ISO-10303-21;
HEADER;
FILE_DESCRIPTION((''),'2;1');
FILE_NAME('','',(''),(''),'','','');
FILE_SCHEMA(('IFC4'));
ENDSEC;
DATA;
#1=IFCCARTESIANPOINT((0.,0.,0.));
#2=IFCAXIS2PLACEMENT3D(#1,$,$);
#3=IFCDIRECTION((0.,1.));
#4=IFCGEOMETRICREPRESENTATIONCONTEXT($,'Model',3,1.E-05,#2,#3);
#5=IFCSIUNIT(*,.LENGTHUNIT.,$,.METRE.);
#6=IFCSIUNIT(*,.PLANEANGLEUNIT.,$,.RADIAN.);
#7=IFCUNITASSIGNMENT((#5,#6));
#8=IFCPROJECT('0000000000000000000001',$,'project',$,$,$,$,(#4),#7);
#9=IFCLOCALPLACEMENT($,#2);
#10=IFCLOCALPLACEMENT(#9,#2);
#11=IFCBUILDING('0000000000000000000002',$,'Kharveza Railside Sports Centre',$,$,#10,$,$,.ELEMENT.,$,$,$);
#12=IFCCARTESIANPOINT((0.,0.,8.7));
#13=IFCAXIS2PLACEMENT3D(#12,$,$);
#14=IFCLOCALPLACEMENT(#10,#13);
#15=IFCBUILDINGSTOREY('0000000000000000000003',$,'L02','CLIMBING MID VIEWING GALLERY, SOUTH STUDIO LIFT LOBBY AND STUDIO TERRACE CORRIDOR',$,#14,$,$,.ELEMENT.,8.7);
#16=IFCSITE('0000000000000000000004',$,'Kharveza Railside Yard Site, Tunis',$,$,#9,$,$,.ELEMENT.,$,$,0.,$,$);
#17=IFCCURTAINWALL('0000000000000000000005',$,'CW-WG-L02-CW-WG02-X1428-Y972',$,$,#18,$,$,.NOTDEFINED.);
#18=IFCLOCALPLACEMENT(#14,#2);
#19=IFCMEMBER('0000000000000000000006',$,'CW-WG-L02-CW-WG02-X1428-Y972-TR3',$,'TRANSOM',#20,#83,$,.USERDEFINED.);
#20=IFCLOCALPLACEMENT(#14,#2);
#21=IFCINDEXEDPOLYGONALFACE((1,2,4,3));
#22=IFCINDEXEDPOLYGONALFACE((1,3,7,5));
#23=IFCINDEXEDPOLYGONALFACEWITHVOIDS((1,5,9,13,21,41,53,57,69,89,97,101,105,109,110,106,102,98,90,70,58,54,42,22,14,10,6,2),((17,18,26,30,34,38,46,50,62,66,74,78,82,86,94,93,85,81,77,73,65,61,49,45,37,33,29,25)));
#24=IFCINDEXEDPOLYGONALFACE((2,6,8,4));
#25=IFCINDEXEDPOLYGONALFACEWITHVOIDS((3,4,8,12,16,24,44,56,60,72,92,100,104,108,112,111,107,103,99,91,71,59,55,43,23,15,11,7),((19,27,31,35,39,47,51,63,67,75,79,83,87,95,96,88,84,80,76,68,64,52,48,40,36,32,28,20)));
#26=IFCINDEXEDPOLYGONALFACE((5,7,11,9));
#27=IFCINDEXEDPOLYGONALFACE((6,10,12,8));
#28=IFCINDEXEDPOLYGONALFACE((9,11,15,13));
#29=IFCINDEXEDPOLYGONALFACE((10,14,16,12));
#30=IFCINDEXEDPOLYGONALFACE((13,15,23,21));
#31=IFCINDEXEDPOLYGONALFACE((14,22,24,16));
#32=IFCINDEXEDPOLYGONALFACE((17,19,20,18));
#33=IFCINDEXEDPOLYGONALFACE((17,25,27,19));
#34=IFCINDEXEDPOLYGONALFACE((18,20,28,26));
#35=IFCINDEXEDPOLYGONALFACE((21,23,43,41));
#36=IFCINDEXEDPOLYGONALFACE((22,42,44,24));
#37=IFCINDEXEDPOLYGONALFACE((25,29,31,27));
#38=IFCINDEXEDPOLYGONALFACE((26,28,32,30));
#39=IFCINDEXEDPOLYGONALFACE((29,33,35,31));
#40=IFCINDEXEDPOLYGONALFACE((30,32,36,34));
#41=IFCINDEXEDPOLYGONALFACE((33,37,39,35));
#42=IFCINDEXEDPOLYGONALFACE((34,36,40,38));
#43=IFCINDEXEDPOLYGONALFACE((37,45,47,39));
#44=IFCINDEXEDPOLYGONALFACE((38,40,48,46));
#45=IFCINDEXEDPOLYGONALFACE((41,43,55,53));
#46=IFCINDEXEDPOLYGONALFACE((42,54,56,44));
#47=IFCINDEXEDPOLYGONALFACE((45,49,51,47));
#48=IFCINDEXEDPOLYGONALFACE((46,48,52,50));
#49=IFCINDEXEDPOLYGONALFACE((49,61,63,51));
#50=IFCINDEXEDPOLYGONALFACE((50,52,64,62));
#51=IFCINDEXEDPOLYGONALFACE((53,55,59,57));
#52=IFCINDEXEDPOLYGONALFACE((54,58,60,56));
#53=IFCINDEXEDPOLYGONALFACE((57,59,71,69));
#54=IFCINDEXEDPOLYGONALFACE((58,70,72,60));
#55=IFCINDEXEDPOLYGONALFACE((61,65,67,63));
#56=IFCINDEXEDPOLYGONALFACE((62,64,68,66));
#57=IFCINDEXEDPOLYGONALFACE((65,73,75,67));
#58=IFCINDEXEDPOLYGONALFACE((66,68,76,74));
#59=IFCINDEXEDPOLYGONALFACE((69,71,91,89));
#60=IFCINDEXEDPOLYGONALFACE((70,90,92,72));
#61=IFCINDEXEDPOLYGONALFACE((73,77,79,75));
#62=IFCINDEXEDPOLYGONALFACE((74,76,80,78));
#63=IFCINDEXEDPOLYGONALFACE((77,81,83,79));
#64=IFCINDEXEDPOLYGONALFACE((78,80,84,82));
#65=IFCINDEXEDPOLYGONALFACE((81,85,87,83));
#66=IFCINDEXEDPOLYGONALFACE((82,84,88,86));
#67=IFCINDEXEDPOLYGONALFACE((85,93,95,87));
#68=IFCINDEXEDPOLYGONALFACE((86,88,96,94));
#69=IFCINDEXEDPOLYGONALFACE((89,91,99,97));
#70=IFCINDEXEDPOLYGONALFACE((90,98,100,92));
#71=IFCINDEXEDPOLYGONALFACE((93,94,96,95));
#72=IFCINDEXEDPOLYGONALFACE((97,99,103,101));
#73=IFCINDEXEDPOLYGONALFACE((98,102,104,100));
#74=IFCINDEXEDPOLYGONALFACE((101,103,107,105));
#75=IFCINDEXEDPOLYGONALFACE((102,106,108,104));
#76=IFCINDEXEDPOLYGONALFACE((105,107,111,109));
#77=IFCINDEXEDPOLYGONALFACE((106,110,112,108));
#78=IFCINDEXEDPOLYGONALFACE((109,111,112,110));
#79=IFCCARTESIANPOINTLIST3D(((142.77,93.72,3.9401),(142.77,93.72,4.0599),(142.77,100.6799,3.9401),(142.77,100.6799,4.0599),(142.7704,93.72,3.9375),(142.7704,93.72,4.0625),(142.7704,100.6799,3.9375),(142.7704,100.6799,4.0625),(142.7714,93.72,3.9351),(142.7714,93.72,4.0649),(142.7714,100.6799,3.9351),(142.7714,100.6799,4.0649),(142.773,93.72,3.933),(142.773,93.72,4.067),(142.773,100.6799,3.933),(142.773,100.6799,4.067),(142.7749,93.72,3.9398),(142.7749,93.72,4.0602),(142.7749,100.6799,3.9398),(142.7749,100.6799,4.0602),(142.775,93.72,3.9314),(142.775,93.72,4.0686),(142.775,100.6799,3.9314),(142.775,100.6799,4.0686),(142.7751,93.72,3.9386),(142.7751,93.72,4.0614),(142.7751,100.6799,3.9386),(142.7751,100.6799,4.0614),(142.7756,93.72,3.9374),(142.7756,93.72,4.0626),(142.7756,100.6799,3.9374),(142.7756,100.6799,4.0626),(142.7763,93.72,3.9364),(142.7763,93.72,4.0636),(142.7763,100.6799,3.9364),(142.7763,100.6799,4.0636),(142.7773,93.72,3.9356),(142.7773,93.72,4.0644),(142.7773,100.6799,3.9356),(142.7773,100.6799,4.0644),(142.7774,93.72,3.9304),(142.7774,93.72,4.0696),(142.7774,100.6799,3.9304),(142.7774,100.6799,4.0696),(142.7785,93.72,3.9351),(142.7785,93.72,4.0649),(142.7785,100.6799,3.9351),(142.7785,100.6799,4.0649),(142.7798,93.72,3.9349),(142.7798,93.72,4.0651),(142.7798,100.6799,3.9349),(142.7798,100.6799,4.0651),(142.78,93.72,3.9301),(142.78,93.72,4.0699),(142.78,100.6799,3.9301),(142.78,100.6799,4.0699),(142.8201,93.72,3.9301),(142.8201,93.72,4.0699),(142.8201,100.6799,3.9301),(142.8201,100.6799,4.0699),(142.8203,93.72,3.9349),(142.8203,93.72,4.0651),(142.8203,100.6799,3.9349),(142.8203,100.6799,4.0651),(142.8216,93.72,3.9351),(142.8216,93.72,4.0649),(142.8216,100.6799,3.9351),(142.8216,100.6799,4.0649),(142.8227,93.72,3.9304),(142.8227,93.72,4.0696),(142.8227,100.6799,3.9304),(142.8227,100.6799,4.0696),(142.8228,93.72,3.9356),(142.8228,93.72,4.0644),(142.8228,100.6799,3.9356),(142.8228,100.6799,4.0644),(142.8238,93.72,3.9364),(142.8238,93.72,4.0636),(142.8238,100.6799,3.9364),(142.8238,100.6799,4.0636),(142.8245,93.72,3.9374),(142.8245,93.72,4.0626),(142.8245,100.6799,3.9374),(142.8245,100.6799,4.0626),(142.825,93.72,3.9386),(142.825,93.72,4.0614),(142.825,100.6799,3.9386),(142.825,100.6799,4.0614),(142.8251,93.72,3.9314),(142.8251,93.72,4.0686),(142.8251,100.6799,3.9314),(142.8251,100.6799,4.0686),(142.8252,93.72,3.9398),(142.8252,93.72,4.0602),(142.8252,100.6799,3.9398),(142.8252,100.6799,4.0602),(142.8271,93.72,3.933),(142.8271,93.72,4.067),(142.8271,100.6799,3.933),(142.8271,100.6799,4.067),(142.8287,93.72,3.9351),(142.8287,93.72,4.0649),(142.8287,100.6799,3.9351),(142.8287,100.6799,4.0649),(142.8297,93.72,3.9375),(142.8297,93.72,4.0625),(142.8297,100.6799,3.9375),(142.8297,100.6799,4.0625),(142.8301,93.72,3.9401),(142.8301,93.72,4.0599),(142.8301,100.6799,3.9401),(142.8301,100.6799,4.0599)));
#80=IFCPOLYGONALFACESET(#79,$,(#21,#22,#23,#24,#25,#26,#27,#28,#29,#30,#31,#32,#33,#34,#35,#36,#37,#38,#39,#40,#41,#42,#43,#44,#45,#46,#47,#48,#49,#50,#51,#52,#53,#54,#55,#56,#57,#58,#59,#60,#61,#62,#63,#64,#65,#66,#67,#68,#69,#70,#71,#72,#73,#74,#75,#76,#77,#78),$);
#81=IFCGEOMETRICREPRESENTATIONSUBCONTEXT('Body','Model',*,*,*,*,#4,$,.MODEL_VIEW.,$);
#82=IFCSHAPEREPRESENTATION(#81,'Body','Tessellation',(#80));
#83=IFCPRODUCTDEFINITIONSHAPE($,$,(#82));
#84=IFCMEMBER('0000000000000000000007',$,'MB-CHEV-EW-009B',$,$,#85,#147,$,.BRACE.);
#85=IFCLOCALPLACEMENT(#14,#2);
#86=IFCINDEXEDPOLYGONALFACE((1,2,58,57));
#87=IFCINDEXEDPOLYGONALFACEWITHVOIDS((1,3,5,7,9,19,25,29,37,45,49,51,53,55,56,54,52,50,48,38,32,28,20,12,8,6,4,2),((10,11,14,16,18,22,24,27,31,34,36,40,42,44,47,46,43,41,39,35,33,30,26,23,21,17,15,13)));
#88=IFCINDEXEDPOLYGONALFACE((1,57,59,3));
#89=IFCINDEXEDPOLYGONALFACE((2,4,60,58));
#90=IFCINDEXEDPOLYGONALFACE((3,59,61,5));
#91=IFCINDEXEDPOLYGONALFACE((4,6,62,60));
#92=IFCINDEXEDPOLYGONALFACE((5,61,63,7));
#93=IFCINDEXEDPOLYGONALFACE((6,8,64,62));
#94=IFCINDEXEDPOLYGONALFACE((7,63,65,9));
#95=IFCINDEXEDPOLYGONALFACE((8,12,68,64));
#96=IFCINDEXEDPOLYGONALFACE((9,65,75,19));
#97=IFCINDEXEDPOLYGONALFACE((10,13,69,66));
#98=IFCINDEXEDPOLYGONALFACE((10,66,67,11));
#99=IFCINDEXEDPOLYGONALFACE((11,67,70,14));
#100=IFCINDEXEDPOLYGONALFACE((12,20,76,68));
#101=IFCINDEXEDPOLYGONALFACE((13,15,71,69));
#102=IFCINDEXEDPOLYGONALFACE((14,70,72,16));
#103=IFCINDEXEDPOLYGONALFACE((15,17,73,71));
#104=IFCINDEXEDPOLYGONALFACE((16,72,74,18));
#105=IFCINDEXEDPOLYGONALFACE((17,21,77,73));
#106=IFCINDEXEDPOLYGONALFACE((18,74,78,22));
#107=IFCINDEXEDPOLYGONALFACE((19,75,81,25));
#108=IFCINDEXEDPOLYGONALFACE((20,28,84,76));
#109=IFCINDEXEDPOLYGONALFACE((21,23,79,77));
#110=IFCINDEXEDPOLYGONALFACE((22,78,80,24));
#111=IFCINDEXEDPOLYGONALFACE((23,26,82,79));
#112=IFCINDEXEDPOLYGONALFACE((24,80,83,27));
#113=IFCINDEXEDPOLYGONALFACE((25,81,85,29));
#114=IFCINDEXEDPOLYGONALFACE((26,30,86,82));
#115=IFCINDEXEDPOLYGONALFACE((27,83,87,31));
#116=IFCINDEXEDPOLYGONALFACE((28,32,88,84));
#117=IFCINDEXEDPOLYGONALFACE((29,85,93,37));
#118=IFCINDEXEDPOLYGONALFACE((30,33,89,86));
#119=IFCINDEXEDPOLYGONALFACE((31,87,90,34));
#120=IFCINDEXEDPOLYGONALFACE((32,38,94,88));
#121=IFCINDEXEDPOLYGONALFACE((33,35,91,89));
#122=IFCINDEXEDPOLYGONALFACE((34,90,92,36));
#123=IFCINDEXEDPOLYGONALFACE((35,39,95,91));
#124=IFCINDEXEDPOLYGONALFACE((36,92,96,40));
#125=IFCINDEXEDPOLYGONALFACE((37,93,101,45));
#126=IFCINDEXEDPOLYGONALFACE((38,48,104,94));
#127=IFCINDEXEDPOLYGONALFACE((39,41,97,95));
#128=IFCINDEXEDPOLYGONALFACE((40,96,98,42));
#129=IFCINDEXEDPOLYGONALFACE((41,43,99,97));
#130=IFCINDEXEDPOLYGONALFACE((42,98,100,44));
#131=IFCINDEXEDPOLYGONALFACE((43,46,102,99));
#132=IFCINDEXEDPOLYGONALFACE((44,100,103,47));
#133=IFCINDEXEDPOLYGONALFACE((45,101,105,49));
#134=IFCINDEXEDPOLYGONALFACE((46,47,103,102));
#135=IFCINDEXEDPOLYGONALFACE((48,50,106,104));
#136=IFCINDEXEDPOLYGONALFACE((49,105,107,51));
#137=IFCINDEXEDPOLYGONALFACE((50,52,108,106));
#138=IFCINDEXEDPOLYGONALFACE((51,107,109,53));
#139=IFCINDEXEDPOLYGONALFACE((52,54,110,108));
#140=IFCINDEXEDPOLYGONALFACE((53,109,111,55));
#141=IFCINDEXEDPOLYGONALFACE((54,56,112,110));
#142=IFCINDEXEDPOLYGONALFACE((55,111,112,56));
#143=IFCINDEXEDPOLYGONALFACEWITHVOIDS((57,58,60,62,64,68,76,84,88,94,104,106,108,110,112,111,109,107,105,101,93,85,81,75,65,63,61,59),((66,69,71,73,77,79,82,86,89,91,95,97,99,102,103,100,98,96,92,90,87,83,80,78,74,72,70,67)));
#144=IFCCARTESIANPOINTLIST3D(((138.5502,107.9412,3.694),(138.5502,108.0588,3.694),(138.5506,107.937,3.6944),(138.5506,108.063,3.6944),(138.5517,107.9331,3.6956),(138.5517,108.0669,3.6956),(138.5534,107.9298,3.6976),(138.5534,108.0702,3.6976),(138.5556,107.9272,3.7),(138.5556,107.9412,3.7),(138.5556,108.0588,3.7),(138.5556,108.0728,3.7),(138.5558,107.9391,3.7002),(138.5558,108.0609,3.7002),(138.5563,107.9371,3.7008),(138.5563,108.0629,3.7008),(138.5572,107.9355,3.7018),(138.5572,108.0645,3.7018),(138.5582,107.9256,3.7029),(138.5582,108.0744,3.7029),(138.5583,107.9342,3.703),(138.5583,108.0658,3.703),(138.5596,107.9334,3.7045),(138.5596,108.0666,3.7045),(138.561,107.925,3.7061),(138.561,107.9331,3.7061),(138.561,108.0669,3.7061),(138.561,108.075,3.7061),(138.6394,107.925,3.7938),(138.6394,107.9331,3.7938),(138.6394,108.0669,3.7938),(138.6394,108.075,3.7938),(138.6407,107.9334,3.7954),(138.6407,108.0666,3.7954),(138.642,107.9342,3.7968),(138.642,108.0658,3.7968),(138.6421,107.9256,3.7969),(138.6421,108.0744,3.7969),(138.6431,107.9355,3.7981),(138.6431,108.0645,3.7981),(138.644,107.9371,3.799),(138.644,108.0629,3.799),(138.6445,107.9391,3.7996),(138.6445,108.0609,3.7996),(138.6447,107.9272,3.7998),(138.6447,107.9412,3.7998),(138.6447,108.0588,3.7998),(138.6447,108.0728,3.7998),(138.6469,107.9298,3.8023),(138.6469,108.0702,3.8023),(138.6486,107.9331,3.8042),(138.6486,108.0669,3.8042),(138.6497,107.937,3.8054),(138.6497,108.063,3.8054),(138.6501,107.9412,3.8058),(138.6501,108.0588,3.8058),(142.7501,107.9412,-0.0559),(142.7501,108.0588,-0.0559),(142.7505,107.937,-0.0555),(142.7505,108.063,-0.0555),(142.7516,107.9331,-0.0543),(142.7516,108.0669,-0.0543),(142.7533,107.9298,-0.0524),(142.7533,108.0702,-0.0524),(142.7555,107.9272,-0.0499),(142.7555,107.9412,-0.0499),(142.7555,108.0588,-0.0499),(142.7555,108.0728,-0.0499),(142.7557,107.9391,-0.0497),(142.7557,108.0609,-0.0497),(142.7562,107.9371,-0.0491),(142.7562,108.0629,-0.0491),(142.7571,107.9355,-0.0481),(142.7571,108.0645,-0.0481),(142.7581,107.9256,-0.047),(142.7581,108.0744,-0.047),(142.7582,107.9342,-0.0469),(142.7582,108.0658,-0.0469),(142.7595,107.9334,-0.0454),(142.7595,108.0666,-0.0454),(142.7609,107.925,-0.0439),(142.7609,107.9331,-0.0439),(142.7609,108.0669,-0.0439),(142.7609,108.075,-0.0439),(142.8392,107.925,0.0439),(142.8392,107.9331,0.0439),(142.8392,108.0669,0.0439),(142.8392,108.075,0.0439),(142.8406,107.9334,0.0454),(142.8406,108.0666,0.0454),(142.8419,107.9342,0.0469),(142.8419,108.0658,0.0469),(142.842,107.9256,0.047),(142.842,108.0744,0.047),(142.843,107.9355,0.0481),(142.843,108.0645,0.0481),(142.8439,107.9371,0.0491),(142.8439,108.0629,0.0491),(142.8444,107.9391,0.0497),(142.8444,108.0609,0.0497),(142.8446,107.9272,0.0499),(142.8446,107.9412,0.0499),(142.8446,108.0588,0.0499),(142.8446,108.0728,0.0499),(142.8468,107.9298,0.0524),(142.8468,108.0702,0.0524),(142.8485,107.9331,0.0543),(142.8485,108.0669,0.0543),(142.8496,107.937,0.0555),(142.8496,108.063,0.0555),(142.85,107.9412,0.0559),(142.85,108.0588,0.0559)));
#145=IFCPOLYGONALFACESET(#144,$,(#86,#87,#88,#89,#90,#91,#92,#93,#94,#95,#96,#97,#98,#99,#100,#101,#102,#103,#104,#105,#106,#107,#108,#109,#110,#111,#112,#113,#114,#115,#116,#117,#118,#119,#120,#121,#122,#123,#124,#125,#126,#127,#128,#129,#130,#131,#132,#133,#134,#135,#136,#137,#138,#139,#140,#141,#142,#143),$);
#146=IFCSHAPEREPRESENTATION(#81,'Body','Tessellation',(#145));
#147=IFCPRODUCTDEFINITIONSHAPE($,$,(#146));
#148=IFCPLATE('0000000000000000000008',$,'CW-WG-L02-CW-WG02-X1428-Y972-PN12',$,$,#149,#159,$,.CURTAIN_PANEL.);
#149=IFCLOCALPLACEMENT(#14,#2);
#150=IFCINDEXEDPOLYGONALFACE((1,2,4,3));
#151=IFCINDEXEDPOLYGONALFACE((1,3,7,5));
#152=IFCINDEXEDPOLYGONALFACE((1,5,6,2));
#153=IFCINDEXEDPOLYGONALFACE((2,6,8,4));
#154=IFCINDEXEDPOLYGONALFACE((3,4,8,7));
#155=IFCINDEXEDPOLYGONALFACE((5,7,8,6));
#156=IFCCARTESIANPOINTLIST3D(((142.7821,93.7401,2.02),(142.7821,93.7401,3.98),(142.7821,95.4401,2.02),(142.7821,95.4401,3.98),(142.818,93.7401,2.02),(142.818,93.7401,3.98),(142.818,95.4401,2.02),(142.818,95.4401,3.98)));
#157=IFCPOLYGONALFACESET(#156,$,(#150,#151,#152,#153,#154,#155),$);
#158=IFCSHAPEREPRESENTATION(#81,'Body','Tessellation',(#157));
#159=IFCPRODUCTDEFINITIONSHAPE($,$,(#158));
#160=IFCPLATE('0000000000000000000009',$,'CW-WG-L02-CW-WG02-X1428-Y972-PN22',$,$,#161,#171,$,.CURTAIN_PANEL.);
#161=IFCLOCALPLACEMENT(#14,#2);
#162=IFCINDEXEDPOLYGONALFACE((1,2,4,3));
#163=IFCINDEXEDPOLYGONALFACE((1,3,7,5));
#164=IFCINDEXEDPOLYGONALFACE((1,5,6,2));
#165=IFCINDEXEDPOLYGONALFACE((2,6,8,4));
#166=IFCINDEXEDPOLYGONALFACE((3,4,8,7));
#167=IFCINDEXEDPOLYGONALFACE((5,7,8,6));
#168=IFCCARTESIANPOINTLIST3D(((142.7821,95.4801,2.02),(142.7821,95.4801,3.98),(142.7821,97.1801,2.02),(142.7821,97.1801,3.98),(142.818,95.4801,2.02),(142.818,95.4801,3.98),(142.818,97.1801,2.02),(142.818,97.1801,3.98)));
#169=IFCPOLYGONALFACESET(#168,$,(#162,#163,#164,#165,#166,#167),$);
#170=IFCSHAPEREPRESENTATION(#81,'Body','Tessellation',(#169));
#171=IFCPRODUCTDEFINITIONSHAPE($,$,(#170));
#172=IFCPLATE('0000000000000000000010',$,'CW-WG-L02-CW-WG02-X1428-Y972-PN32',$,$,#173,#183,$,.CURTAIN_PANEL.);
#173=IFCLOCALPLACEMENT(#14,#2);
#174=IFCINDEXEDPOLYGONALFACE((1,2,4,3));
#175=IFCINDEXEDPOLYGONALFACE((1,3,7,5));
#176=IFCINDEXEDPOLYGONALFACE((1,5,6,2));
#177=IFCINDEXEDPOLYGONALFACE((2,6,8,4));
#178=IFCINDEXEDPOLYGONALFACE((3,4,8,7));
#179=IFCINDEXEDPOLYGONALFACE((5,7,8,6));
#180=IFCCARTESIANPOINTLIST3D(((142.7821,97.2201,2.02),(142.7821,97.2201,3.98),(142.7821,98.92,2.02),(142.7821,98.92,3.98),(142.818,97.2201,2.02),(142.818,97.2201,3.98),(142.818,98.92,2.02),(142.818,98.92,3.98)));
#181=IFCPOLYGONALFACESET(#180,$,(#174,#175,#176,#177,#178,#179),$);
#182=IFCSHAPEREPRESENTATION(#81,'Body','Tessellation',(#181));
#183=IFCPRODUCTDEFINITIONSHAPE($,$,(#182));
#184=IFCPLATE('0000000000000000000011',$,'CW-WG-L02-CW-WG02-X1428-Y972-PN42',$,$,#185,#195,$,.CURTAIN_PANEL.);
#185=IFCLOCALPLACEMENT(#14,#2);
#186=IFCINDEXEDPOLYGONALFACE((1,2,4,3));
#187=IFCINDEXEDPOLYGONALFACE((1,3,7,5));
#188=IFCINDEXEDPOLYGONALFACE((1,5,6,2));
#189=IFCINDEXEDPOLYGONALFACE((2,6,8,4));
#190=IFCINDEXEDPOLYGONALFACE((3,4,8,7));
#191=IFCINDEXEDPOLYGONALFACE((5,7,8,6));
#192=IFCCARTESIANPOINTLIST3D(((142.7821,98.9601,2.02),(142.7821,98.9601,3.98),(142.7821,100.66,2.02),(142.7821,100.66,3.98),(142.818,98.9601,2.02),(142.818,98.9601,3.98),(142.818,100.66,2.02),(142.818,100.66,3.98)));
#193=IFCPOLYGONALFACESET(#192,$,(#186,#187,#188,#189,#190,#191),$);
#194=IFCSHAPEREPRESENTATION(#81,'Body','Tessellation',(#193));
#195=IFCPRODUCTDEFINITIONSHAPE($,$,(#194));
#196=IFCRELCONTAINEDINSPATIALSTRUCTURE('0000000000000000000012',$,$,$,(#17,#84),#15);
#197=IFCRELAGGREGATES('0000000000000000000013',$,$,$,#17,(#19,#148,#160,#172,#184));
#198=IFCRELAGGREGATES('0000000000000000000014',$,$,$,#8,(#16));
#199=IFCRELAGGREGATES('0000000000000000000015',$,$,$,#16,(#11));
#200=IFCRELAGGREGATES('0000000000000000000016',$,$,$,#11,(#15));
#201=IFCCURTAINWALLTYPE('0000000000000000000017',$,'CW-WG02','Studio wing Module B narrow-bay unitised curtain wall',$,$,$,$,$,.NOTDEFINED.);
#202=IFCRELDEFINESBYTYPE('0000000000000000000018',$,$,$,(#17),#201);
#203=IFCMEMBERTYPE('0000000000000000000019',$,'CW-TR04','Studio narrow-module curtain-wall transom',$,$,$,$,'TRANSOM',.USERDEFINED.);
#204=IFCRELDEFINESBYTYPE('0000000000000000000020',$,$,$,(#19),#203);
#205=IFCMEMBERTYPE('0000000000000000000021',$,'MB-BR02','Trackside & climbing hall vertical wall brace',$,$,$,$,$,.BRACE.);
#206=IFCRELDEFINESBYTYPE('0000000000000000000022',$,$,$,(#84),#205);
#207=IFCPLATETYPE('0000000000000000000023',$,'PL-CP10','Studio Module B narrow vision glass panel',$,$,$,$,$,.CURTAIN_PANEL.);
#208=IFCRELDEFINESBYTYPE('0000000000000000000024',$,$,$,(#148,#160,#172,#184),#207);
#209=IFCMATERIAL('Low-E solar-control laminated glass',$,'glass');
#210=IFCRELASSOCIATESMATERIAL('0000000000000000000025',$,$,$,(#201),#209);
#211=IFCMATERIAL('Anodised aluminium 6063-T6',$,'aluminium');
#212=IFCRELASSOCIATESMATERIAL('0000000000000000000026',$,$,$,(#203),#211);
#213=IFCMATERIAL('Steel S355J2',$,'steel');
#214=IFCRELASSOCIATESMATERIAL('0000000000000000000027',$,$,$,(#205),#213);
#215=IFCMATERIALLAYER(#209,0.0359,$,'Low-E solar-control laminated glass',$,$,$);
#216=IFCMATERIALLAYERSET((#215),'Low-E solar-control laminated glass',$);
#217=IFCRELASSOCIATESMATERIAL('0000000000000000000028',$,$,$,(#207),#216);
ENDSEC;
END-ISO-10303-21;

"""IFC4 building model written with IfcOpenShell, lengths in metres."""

from ifc_helpers import new_model, si_unit, direction, frame, origin, origin_2d, place, context, subcontext, project, spatial, rectangle, hollow_rectangle, extrude, material, layer, layer_set, material_profile, profile_set, type_object, element, aggregate, save


model = new_model("IFC4")

# Units and contexts
model_context = context("Model", 3, precision=1e-05, world=origin(), true_north=direction((0.0, 1.0)))
body_context = subcontext(model_context, "Body", "Model", "MODEL_VIEW")
ifc_project = project(units=[si_unit("LENGTHUNIT", "METRE"), si_unit("PLANEANGLEUNIT", "RADIAN")], contexts=[model_context])

# Site, building, storey
site_placement = place(None, origin())
site = spatial("IfcSite", under=ifc_project, at=site_placement, Name="Kharveza Railside Yard Site, Tunis", CompositionType="ELEMENT", RefElevation=0.0)
building_placement = place(site_placement, origin())
building = spatial("IfcBuilding", under=site, at=building_placement, Name="Kharveza Railside Sports Centre", CompositionType="ELEMENT")
storey_placement = place(building_placement, frame((0.0, 0.0, 8.7)))
storey = spatial("IfcBuildingStorey", under=building, at=storey_placement, Name="L02", Description="CLIMBING MID VIEWING GALLERY, SOUTH STUDIO LIFT LOBBY AND STUDIO TERRACE CORRIDOR", CompositionType="ELEMENT", Elevation=8.7)

# Shared definitions
ifc_material_1 = material(Name="Steel S355J2", Category="steel")

# Curtain wall, member
ifc_material_2 = material(Name="Low-E solar-control laminated glass", Category="glass")
curtain_wall_type = type_object("IfcCurtainWallType", Name="CW-WG02", Description="Studio wing Module B narrow-bay unitised curtain wall", PredefinedType="NOTDEFINED", material=ifc_material_2)
curtain_wall_placement = place(storey_placement, origin())
curtain_wall = element("IfcCurtainWall", 1, at=curtain_wall_placement, inside=storey, type_object=curtain_wall_type, Name="CW-WG-L02-CW-WG02-X1428-Y972", PredefinedType="NOTDEFINED")
ifc_material_3 = material(Name="Anodised aluminium 6063-T6", Category="aluminium")
ifc_material_profile_1 = material_profile(ifc_material_3, hollow_rectangle(XDim=0.0601, YDim=0.1399, WallThickness=0.0049, InnerFilletRadius=0.0049, OuterFilletRadius=0.01, at=origin_2d()), Name="RHS 60x140x5.0")
ifc_profile_set_1 = profile_set([ifc_material_profile_1], Name="Anodised aluminium 6063-T6")
member_type_1 = type_object("IfcMemberType", Name="CW-TR04", Description="Studio narrow-module curtain-wall transom", ElementType="TRANSOM", PredefinedType="USERDEFINED", material=ifc_profile_set_1)
member_1_placement = place(storey_placement, frame((142.8, 93.72, 4.0), z_axis=(0.0, 1.0, 0.0), x_axis=(-1.0, 0.0, 0.0)))
member_1 = element("IfcMember", 2, at=member_1_placement, type_object=member_type_1, Name="CW-WG-L02-CW-WG02-X1428-Y972-TR3", ObjectType="TRANSOM", PredefinedType="USERDEFINED", context=body_context, shape_type="SweptSolid", body=[
    extrude(hollow_rectangle(XDim=0.0601, YDim=0.1399, WallThickness=0.0049, InnerFilletRadius=0.0049, OuterFilletRadius=0.01, at=origin_2d()), origin(), (0.0, 0.0, 1.0), 6.96),
])

# Member
ifc_material_profile_2 = material_profile(ifc_material_1, hollow_rectangle(XDim=0.1499, YDim=0.1499, WallThickness=0.0081, InnerFilletRadius=0.0081, OuterFilletRadius=0.0161, at=origin_2d()), Name="SHS 150x150x8.0")
ifc_profile_set_2 = profile_set([ifc_material_profile_2], Name="Steel S355J2")
member_type_2 = type_object("IfcMemberType", Name="MB-BR02", Description="Trackside & climbing hall vertical wall brace", PredefinedType="BRACE", material=ifc_profile_set_2)
member_2_placement = place(storey_placement, frame((142.8, 108.0, 0.0), z_axis=(-0.745934, 0.0, 0.66602), x_axis=(0.0, -1.0, 0.0)))
element("IfcMember", 3, at=member_2_placement, inside=storey, type_object=member_type_2, Name="MB-CHEV-EW-009B", PredefinedType="BRACE", context=body_context, shape_type="SweptSolid", body=[
    extrude(hollow_rectangle(XDim=0.1499, YDim=0.1499, WallThickness=0.0081, InnerFilletRadius=0.0081, OuterFilletRadius=0.0161, at=origin_2d()), origin(), (0.0, 0.0, 1.0), 5.6304),
])

# Plates
ifc_layer_1 = layer(ifc_material_2, 0.0359, Name="Low-E solar-control laminated glass")
ifc_layer_set_1 = layer_set([ifc_layer_1], Name="Low-E solar-control laminated glass")
plate_type_1 = type_object("IfcPlateType", Name="PL-CP10", Description="Studio Module B narrow vision glass panel", PredefinedType="CURTAIN_PANEL", material=ifc_layer_set_1)
plate_1_placement = place(storey_placement, frame((142.8, 94.5901, 2.02), z_axis=(0.0, 0.0, 1.0), x_axis=(0.0, 1.0, 0.0)))
plate_1 = element("IfcPlate", 4, at=plate_1_placement, type_object=plate_type_1, Name="CW-WG-L02-CW-WG02-X1428-Y972-PN12", PredefinedType="CURTAIN_PANEL", context=body_context, shape_type="SweptSolid", body=[
    extrude(rectangle(XDim=1.7, YDim=0.0359, at=origin_2d()), origin(), (0.0, 0.0, 1.0), 1.96),
])
plate_2_placement = place(storey_placement, frame((142.8, 96.3301, 2.02), z_axis=(0.0, 0.0, 1.0), x_axis=(0.0, 1.0, 0.0)))
plate_2 = element("IfcPlate", 5, at=plate_2_placement, type_object=plate_type_1, Name="CW-WG-L02-CW-WG02-X1428-Y972-PN22", PredefinedType="CURTAIN_PANEL", context=body_context, shape_type="SweptSolid", body=[
    extrude(rectangle(XDim=1.7, YDim=0.0359, at=origin_2d()), origin(), (0.0, 0.0, 1.0), 1.96),
])
plate_3_placement = place(storey_placement, frame((142.8, 98.0701, 2.02), z_axis=(0.0, 0.0, 1.0), x_axis=(0.0, 1.0, 0.0)))
plate_3 = element("IfcPlate", 6, at=plate_3_placement, type_object=plate_type_1, Name="CW-WG-L02-CW-WG02-X1428-Y972-PN32", PredefinedType="CURTAIN_PANEL", context=body_context, shape_type="SweptSolid", body=[
    extrude(rectangle(XDim=1.7, YDim=0.0359, at=origin_2d()), origin(), (0.0, 0.0, 1.0), 1.96),
])
plate_4_placement = place(storey_placement, frame((142.8, 99.8101, 2.02), z_axis=(0.0, 0.0, 1.0), x_axis=(0.0, 1.0, 0.0)))
plate_4 = element("IfcPlate", 7, at=plate_4_placement, type_object=plate_type_1, Name="CW-WG-L02-CW-WG02-X1428-Y972-PN42", PredefinedType="CURTAIN_PANEL", context=body_context, shape_type="SweptSolid", body=[
    extrude(rectangle(XDim=1.7, YDim=0.0359, at=origin_2d()), origin(), (0.0, 0.0, 1.0), 1.96),
])
aggregate(curtain_wall, [member_1, plate_1, plate_2, plate_3, plate_4])

save(model, "model.ifc")
